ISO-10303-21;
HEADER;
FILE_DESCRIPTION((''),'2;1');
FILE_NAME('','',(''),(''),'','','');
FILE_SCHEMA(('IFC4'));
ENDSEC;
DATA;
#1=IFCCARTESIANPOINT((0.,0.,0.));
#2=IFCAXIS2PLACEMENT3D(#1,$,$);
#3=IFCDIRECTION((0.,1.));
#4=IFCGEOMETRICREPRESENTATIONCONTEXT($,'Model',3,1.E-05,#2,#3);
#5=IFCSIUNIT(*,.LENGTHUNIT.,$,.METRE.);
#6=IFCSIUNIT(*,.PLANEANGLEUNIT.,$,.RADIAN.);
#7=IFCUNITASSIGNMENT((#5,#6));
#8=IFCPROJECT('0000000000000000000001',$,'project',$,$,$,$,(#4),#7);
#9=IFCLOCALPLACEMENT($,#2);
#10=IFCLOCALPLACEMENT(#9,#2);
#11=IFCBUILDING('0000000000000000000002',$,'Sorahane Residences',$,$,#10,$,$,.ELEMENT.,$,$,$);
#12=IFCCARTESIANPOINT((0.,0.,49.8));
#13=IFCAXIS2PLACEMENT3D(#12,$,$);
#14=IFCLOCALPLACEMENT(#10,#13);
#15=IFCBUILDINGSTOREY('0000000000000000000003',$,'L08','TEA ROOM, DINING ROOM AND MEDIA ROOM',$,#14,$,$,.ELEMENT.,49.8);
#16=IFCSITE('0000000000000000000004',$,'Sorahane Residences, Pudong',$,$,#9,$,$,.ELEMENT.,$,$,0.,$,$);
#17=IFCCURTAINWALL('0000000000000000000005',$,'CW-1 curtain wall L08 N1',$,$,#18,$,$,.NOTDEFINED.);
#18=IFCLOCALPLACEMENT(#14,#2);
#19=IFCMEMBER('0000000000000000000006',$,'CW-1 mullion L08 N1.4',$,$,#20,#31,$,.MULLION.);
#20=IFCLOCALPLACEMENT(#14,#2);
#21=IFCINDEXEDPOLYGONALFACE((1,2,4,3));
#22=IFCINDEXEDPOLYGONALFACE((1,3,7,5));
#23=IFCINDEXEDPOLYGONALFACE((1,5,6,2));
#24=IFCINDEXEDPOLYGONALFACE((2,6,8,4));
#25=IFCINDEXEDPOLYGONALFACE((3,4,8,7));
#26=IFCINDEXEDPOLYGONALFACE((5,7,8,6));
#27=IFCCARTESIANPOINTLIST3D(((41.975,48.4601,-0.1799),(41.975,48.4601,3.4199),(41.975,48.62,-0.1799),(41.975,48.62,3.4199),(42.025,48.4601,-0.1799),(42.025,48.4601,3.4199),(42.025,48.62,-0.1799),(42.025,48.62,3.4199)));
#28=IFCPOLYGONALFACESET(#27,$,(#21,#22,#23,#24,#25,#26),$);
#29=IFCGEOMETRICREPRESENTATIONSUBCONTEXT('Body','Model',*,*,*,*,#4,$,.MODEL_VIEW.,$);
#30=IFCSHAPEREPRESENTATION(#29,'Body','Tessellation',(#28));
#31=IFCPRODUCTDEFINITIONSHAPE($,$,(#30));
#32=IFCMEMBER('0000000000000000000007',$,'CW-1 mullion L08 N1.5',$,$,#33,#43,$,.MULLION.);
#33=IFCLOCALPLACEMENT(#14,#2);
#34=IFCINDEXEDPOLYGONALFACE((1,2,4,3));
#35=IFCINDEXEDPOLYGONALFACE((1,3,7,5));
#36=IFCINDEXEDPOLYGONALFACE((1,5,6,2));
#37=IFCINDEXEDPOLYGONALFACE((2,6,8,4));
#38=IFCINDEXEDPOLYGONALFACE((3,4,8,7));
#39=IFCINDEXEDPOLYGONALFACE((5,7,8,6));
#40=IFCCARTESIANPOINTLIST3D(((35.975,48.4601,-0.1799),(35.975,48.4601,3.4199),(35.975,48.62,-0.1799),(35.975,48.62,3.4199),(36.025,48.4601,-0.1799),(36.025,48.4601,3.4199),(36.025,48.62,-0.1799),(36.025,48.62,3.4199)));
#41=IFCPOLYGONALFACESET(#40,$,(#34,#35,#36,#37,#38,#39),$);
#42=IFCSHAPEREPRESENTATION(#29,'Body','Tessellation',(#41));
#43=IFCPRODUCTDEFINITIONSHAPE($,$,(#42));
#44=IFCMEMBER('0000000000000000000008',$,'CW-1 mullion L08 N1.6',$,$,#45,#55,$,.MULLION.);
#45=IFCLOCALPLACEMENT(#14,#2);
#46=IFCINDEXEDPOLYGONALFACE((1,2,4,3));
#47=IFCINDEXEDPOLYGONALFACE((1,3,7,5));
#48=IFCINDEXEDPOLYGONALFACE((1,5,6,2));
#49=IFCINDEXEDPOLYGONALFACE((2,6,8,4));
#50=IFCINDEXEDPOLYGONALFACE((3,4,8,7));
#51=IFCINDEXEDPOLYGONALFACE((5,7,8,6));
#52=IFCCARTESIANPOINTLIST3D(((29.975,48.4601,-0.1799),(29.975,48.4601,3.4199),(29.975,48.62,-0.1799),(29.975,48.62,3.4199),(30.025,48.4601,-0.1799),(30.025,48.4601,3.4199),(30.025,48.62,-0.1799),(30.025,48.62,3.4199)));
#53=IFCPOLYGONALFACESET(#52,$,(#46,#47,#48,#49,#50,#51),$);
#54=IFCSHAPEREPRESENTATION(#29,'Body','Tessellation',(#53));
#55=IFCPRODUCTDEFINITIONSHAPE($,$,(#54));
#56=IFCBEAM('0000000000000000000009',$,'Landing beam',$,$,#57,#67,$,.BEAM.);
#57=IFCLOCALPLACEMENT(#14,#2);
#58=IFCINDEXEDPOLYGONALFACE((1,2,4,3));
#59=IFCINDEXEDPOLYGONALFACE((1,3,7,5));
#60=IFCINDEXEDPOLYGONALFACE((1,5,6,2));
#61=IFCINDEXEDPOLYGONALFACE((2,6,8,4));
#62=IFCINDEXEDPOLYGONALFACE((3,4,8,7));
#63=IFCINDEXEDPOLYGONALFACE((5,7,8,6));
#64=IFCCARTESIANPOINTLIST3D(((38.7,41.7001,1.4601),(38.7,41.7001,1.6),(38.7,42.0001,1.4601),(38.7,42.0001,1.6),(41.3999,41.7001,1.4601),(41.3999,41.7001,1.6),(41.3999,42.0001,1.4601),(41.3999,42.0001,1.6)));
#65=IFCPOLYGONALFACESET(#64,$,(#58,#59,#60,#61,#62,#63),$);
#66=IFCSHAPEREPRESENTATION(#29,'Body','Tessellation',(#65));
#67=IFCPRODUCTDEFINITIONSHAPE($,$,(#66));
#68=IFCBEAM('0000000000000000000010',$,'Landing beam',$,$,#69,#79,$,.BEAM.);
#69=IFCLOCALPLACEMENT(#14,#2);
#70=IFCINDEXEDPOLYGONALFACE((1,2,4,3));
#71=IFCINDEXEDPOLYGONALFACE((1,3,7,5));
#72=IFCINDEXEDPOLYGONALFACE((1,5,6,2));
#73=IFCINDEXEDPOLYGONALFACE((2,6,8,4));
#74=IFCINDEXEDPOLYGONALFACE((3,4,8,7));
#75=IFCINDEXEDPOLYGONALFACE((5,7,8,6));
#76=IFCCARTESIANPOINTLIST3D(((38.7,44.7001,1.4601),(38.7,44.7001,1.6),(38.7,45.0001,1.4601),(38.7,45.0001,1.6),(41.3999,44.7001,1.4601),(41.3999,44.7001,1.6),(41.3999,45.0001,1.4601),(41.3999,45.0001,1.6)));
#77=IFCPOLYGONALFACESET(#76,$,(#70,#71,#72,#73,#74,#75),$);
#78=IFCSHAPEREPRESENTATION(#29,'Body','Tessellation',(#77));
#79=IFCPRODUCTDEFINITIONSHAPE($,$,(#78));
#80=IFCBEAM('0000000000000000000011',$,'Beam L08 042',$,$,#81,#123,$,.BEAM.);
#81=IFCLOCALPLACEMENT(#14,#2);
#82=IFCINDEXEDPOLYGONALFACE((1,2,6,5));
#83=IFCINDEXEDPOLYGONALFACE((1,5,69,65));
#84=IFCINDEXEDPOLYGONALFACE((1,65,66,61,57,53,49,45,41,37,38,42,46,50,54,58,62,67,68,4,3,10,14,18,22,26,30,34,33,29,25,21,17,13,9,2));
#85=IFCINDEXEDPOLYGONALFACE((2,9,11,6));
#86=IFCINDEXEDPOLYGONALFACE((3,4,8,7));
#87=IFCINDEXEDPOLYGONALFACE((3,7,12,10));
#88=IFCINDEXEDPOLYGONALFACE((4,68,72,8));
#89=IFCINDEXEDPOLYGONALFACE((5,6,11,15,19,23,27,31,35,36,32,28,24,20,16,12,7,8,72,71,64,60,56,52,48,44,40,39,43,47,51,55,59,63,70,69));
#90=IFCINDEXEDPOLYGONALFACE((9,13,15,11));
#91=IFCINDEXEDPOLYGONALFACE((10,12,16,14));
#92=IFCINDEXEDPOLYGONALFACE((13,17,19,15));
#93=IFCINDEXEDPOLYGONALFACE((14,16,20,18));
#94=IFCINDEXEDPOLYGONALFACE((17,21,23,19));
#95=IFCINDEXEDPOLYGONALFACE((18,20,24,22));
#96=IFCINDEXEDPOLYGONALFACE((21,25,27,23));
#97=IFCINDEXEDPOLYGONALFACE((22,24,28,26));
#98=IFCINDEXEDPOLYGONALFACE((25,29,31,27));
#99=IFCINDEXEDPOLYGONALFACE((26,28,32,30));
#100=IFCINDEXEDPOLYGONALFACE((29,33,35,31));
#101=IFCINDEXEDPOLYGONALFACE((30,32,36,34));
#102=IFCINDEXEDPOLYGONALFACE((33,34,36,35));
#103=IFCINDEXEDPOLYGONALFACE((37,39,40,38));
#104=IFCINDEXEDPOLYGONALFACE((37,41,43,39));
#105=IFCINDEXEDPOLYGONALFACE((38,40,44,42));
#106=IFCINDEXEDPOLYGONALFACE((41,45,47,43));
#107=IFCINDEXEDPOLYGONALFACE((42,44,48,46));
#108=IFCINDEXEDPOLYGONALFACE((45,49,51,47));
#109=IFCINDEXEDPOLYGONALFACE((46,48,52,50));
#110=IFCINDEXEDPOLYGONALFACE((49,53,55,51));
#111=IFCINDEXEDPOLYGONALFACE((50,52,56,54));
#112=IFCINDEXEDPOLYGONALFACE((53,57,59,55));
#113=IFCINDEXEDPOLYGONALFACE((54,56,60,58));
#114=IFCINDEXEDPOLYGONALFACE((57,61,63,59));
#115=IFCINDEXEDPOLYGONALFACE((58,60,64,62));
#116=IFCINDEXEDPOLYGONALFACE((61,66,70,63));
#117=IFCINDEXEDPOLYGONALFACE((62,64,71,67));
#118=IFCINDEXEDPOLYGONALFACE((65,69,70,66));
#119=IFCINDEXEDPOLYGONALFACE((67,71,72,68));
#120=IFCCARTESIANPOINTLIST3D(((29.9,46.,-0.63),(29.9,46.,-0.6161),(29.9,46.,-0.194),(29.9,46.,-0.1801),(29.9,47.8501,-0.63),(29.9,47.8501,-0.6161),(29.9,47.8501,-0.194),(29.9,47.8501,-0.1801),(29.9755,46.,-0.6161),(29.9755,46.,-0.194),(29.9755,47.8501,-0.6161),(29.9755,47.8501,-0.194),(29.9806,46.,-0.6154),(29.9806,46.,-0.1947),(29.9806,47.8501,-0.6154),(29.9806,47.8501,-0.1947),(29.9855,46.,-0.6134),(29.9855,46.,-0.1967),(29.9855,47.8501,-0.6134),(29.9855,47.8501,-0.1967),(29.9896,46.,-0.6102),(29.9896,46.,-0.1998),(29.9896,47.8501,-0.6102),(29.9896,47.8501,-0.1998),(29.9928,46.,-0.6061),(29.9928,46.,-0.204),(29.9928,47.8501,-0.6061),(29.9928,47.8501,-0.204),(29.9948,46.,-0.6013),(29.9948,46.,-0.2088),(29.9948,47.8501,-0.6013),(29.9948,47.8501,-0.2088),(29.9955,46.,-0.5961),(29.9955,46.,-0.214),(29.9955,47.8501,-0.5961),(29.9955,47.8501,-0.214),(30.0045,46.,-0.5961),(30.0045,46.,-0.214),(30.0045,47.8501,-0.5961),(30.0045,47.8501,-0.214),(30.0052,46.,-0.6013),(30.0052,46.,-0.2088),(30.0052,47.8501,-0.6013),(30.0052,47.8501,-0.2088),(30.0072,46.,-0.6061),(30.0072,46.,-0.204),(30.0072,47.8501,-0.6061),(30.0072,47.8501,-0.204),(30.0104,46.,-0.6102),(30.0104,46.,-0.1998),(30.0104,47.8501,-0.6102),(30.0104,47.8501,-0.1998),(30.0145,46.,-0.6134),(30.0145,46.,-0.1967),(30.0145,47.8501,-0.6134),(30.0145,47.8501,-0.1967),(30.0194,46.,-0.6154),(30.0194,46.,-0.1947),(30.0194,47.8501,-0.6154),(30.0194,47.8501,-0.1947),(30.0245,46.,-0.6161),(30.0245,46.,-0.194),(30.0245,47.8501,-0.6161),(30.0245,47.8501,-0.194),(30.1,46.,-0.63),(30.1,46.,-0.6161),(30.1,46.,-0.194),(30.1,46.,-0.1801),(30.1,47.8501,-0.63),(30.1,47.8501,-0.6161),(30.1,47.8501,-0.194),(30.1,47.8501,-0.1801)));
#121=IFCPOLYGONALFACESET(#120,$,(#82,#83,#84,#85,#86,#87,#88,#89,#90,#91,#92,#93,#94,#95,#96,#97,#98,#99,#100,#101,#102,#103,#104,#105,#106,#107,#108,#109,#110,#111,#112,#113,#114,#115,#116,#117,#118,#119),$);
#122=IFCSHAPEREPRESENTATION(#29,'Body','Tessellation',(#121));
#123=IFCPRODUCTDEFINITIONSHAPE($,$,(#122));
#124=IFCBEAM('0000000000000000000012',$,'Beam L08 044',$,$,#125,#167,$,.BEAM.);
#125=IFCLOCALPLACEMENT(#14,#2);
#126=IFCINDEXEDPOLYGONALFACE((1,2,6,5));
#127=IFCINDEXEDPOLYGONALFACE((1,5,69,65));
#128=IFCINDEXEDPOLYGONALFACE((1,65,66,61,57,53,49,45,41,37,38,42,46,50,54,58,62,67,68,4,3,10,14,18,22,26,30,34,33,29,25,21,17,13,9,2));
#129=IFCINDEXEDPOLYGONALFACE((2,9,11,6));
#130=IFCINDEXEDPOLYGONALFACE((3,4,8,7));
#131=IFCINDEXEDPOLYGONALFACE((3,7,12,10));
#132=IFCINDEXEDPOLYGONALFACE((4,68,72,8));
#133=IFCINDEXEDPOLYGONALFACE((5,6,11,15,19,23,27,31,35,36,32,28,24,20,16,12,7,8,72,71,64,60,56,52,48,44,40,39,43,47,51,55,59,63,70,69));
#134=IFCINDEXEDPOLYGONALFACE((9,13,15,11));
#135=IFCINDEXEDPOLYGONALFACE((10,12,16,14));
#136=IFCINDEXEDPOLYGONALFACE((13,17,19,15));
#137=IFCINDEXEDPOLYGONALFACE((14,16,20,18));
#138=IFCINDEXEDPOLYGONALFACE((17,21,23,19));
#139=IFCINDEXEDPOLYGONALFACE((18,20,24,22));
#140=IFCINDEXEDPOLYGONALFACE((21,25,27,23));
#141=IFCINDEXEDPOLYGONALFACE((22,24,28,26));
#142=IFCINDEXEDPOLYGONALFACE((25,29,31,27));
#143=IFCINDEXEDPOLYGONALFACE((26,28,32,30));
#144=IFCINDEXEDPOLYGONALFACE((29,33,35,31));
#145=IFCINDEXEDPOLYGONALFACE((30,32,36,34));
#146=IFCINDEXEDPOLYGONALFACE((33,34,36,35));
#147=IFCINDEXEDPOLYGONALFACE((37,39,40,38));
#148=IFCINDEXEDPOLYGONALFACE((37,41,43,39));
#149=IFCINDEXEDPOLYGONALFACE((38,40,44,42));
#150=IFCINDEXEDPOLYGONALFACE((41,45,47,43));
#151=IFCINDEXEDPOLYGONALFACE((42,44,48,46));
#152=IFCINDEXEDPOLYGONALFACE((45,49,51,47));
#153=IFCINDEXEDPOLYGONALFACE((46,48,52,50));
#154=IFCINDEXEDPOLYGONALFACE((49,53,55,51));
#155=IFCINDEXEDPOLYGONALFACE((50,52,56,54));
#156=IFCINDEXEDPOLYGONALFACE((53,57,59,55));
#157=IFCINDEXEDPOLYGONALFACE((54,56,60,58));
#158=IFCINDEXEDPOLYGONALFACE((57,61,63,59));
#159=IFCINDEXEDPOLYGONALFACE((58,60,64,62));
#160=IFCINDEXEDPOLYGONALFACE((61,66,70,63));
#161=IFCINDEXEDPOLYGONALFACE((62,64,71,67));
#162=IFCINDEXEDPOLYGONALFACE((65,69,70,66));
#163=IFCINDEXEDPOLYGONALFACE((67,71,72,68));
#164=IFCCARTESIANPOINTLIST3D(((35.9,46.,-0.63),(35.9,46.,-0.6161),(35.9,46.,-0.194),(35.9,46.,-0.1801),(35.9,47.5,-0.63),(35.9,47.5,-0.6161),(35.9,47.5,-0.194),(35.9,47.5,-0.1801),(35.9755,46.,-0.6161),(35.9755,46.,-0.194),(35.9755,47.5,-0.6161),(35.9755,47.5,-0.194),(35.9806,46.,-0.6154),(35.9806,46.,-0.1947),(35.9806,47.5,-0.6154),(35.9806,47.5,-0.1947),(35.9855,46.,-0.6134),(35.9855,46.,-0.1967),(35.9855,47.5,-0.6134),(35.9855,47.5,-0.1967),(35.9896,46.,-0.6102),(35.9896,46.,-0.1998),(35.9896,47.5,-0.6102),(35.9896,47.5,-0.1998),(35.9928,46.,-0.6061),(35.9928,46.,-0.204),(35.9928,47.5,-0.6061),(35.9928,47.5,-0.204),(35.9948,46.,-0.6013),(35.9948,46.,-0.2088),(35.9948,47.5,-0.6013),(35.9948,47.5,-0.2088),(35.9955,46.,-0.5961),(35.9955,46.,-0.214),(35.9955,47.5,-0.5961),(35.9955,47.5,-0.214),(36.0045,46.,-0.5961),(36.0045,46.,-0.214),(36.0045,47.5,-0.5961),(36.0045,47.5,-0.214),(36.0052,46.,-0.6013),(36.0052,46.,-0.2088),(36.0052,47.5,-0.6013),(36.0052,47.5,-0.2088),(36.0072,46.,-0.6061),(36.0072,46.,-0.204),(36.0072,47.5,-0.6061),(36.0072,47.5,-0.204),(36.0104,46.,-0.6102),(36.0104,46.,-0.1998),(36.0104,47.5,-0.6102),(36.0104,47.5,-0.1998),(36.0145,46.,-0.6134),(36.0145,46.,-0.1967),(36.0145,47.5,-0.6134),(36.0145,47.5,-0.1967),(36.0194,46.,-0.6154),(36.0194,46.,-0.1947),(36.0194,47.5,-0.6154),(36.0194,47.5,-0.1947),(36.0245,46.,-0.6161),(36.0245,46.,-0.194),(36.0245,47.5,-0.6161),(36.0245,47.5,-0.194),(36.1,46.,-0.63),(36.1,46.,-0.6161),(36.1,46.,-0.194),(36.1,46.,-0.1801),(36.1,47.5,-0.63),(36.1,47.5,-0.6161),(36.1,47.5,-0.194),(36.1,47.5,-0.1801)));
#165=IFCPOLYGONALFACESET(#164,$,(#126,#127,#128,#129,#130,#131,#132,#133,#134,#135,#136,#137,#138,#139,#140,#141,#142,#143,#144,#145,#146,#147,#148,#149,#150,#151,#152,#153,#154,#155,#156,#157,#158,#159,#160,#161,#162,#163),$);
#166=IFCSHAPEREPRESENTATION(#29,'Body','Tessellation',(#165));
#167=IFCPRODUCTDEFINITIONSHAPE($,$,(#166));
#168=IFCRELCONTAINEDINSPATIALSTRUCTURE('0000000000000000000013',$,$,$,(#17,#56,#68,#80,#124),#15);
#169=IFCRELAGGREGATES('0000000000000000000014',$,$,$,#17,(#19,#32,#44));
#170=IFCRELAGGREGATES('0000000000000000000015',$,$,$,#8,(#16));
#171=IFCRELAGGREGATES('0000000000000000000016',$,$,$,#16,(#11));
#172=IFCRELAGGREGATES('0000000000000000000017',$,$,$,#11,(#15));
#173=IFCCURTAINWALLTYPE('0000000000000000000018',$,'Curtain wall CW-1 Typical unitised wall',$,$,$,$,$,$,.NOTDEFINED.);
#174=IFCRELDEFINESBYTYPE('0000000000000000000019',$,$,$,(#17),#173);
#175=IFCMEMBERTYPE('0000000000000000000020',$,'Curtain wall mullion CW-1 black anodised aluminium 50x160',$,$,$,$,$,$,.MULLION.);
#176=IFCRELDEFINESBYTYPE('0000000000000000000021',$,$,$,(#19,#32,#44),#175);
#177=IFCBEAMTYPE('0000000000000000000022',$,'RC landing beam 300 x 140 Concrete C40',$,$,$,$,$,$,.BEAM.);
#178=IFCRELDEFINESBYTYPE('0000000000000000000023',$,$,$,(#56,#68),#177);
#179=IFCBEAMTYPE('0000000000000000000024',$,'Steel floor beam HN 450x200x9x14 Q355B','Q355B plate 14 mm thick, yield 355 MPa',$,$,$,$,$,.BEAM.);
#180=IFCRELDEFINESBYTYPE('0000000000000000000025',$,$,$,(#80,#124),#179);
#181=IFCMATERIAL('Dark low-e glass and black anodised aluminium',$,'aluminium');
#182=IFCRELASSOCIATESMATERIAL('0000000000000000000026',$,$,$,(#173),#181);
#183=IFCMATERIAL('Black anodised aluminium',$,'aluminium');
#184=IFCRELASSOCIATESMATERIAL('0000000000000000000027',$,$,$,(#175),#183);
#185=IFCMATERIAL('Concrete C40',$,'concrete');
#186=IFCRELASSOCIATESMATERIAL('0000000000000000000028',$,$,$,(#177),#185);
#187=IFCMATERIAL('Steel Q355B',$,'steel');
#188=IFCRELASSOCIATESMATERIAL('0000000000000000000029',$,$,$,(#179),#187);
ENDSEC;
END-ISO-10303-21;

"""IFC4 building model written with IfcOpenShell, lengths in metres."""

from ifc_helpers import new_model, si_unit, direction, frame, origin, origin_2d, place, context, subcontext, project, spatial, rectangle, i_section, extrude, material, material_profile, profile_set, type_object, element, aggregate, save


model = new_model("IFC4")

# Units and contexts
model_context = context("Model", 3, precision=1e-05, world=origin(), true_north=direction((0.0, 1.0)))
body_context = subcontext(model_context, "Body", "Model", "MODEL_VIEW")
ifc_project = project(units=[si_unit("LENGTHUNIT", "METRE"), si_unit("PLANEANGLEUNIT", "RADIAN")], contexts=[model_context])

# Site, building, storey
site_placement = place(None, origin())
site = spatial("IfcSite", under=ifc_project, at=site_placement, Name="Sorahane Residences, Pudong", CompositionType="ELEMENT", RefElevation=0.0)
building_placement = place(site_placement, origin())
building = spatial("IfcBuilding", under=site, at=building_placement, Name="Sorahane Residences", CompositionType="ELEMENT")
storey_placement = place(building_placement, frame((0.0, 0.0, 49.8)))
storey = spatial("IfcBuildingStorey", under=building, at=storey_placement, Name="L08", Description="TEA ROOM, DINING ROOM AND MEDIA ROOM", CompositionType="ELEMENT", Elevation=49.8)

# Curtain wall, members
ifc_material_1 = material(Name="Dark low-e glass and black anodised aluminium", Category="aluminium")
curtain_wall_type = type_object("IfcCurtainWallType", Name="Curtain wall CW-1 Typical unitised wall", PredefinedType="NOTDEFINED", material=ifc_material_1)
curtain_wall_placement = place(storey_placement, origin())
curtain_wall = element("IfcCurtainWall", 1, at=curtain_wall_placement, inside=storey, type_object=curtain_wall_type, Name="CW-1 curtain wall L08 N1", PredefinedType="NOTDEFINED")
ifc_material_2 = material(Name="Black anodised aluminium", Category="aluminium")
ifc_material_profile_1 = material_profile(ifc_material_2, rectangle(XDim=0.1599, YDim=0.05, at=origin_2d()), Name="Curtain wall mullion CW-1 black anodised aluminium 50x160")
ifc_profile_set_1 = profile_set([ifc_material_profile_1], Name="Black anodised aluminium")
member_type_1 = type_object("IfcMemberType", Name="Curtain wall mullion CW-1 black anodised aluminium 50x160", PredefinedType="MULLION", material=ifc_profile_set_1)
member_1_placement = place(storey_placement, frame((42.0, 48.54, -0.1799), z_axis=(0.0, 0.0, 1.0), x_axis=(0.0, 1.0, 0.0)))
member_1 = element("IfcMember", 2, at=member_1_placement, type_object=member_type_1, Name="CW-1 mullion L08 N1.4", PredefinedType="MULLION", context=body_context, shape_type="SweptSolid", body=[
    extrude(rectangle(XDim=0.1599, YDim=0.05, at=origin_2d()), origin(), (0.0, 0.0, 1.0), 3.5999),
])
member_2_placement = place(storey_placement, frame((36.0, 48.54, -0.1799), z_axis=(0.0, 0.0, 1.0), x_axis=(0.0, 1.0, 0.0)))
member_2 = element("IfcMember", 3, at=member_2_placement, type_object=member_type_1, Name="CW-1 mullion L08 N1.5", PredefinedType="MULLION", context=body_context, shape_type="SweptSolid", body=[
    extrude(rectangle(XDim=0.1599, YDim=0.05, at=origin_2d()), origin(), (0.0, 0.0, 1.0), 3.5999),
])
member_3_placement = place(storey_placement, frame((30.0, 48.54, -0.1799), z_axis=(0.0, 0.0, 1.0), x_axis=(0.0, 1.0, 0.0)))
member_3 = element("IfcMember", 4, at=member_3_placement, type_object=member_type_1, Name="CW-1 mullion L08 N1.6", PredefinedType="MULLION", context=body_context, shape_type="SweptSolid", body=[
    extrude(rectangle(XDim=0.1599, YDim=0.05, at=origin_2d()), origin(), (0.0, 0.0, 1.0), 3.5999),
])

# Beams
ifc_material_3 = material(Name="Concrete C40", Category="concrete")
ifc_material_profile_2 = material_profile(ifc_material_3, rectangle(XDim=0.3, YDim=0.1399, at=origin_2d()), Name="300x140")
ifc_profile_set_2 = profile_set([ifc_material_profile_2], Name="Concrete C40")
beam_type_1 = type_object("IfcBeamType", Name="RC landing beam 300 x 140 Concrete C40", PredefinedType="BEAM", material=ifc_profile_set_2)
for number, where, z_axis, x_axis, name in (
    (5, (38.7, 41.8501, 1.53), (1.0, 0.0, 0.0), (0.0, 1.0, 0.0), "Landing beam"),
    (6, (38.7, 44.8501, 1.53), (1.0, 0.0, 0.0), (0.0, 1.0, 0.0), "Landing beam"),
):
    element("IfcBeam", number, at=place(storey_placement, frame(where, z_axis=z_axis, x_axis=x_axis)), inside=storey, type_object=beam_type_1, Name=name, PredefinedType="BEAM", context=body_context, shape_type="SweptSolid", body=[
        extrude(rectangle(XDim=0.3, YDim=0.1399, at=origin_2d()), origin(), (0.0, 0.0, 1.0), 2.7),
    ])
ifc_material_4 = material(Name="Steel Q355B", Category="steel")
ifc_material_profile_3 = material_profile(ifc_material_4, i_section(OverallWidth=0.2, OverallDepth=0.45, WebThickness=0.009, FlangeThickness=0.0139, FilletRadius=0.02, at=origin_2d()), Name="HN 450x200x9x14")
ifc_profile_set_3 = profile_set([ifc_material_profile_3], Name="Steel Q355B")
beam_type_2 = type_object("IfcBeamType", Name="Steel floor beam HN 450x200x9x14 Q355B", Description="Q355B plate 14 mm thick, yield 355 MPa", PredefinedType="BEAM", material=ifc_profile_set_3)
beam_1_placement = place(storey_placement, frame((30.0, 46.0, -0.405), z_axis=(0.0, 1.0, 0.0), x_axis=(-1.0, 0.0, 0.0)))
element("IfcBeam", 7, at=beam_1_placement, inside=storey, type_object=beam_type_2, Name="Beam L08 042", PredefinedType="BEAM", context=body_context, shape_type="SweptSolid", body=[
    extrude(i_section(OverallWidth=0.2, OverallDepth=0.45, WebThickness=0.009, FlangeThickness=0.0139, FilletRadius=0.02, at=origin_2d()), origin(), (0.0, 0.0, 1.0), 1.8501),
])
beam_2_placement = place(storey_placement, frame((36.0, 46.0, -0.405), z_axis=(0.0, 1.0, 0.0), x_axis=(-1.0, 0.0, 0.0)))
element("IfcBeam", 8, at=beam_2_placement, inside=storey, type_object=beam_type_2, Name="Beam L08 044", PredefinedType="BEAM", context=body_context, shape_type="SweptSolid", body=[
    extrude(i_section(OverallWidth=0.2, OverallDepth=0.45, WebThickness=0.009, FlangeThickness=0.0139, FilletRadius=0.02, at=origin_2d()), origin(), (0.0, 0.0, 1.0), 1.5),
])

aggregate(curtain_wall, [member_1, member_2, member_3])

save(model, "model.ifc")
